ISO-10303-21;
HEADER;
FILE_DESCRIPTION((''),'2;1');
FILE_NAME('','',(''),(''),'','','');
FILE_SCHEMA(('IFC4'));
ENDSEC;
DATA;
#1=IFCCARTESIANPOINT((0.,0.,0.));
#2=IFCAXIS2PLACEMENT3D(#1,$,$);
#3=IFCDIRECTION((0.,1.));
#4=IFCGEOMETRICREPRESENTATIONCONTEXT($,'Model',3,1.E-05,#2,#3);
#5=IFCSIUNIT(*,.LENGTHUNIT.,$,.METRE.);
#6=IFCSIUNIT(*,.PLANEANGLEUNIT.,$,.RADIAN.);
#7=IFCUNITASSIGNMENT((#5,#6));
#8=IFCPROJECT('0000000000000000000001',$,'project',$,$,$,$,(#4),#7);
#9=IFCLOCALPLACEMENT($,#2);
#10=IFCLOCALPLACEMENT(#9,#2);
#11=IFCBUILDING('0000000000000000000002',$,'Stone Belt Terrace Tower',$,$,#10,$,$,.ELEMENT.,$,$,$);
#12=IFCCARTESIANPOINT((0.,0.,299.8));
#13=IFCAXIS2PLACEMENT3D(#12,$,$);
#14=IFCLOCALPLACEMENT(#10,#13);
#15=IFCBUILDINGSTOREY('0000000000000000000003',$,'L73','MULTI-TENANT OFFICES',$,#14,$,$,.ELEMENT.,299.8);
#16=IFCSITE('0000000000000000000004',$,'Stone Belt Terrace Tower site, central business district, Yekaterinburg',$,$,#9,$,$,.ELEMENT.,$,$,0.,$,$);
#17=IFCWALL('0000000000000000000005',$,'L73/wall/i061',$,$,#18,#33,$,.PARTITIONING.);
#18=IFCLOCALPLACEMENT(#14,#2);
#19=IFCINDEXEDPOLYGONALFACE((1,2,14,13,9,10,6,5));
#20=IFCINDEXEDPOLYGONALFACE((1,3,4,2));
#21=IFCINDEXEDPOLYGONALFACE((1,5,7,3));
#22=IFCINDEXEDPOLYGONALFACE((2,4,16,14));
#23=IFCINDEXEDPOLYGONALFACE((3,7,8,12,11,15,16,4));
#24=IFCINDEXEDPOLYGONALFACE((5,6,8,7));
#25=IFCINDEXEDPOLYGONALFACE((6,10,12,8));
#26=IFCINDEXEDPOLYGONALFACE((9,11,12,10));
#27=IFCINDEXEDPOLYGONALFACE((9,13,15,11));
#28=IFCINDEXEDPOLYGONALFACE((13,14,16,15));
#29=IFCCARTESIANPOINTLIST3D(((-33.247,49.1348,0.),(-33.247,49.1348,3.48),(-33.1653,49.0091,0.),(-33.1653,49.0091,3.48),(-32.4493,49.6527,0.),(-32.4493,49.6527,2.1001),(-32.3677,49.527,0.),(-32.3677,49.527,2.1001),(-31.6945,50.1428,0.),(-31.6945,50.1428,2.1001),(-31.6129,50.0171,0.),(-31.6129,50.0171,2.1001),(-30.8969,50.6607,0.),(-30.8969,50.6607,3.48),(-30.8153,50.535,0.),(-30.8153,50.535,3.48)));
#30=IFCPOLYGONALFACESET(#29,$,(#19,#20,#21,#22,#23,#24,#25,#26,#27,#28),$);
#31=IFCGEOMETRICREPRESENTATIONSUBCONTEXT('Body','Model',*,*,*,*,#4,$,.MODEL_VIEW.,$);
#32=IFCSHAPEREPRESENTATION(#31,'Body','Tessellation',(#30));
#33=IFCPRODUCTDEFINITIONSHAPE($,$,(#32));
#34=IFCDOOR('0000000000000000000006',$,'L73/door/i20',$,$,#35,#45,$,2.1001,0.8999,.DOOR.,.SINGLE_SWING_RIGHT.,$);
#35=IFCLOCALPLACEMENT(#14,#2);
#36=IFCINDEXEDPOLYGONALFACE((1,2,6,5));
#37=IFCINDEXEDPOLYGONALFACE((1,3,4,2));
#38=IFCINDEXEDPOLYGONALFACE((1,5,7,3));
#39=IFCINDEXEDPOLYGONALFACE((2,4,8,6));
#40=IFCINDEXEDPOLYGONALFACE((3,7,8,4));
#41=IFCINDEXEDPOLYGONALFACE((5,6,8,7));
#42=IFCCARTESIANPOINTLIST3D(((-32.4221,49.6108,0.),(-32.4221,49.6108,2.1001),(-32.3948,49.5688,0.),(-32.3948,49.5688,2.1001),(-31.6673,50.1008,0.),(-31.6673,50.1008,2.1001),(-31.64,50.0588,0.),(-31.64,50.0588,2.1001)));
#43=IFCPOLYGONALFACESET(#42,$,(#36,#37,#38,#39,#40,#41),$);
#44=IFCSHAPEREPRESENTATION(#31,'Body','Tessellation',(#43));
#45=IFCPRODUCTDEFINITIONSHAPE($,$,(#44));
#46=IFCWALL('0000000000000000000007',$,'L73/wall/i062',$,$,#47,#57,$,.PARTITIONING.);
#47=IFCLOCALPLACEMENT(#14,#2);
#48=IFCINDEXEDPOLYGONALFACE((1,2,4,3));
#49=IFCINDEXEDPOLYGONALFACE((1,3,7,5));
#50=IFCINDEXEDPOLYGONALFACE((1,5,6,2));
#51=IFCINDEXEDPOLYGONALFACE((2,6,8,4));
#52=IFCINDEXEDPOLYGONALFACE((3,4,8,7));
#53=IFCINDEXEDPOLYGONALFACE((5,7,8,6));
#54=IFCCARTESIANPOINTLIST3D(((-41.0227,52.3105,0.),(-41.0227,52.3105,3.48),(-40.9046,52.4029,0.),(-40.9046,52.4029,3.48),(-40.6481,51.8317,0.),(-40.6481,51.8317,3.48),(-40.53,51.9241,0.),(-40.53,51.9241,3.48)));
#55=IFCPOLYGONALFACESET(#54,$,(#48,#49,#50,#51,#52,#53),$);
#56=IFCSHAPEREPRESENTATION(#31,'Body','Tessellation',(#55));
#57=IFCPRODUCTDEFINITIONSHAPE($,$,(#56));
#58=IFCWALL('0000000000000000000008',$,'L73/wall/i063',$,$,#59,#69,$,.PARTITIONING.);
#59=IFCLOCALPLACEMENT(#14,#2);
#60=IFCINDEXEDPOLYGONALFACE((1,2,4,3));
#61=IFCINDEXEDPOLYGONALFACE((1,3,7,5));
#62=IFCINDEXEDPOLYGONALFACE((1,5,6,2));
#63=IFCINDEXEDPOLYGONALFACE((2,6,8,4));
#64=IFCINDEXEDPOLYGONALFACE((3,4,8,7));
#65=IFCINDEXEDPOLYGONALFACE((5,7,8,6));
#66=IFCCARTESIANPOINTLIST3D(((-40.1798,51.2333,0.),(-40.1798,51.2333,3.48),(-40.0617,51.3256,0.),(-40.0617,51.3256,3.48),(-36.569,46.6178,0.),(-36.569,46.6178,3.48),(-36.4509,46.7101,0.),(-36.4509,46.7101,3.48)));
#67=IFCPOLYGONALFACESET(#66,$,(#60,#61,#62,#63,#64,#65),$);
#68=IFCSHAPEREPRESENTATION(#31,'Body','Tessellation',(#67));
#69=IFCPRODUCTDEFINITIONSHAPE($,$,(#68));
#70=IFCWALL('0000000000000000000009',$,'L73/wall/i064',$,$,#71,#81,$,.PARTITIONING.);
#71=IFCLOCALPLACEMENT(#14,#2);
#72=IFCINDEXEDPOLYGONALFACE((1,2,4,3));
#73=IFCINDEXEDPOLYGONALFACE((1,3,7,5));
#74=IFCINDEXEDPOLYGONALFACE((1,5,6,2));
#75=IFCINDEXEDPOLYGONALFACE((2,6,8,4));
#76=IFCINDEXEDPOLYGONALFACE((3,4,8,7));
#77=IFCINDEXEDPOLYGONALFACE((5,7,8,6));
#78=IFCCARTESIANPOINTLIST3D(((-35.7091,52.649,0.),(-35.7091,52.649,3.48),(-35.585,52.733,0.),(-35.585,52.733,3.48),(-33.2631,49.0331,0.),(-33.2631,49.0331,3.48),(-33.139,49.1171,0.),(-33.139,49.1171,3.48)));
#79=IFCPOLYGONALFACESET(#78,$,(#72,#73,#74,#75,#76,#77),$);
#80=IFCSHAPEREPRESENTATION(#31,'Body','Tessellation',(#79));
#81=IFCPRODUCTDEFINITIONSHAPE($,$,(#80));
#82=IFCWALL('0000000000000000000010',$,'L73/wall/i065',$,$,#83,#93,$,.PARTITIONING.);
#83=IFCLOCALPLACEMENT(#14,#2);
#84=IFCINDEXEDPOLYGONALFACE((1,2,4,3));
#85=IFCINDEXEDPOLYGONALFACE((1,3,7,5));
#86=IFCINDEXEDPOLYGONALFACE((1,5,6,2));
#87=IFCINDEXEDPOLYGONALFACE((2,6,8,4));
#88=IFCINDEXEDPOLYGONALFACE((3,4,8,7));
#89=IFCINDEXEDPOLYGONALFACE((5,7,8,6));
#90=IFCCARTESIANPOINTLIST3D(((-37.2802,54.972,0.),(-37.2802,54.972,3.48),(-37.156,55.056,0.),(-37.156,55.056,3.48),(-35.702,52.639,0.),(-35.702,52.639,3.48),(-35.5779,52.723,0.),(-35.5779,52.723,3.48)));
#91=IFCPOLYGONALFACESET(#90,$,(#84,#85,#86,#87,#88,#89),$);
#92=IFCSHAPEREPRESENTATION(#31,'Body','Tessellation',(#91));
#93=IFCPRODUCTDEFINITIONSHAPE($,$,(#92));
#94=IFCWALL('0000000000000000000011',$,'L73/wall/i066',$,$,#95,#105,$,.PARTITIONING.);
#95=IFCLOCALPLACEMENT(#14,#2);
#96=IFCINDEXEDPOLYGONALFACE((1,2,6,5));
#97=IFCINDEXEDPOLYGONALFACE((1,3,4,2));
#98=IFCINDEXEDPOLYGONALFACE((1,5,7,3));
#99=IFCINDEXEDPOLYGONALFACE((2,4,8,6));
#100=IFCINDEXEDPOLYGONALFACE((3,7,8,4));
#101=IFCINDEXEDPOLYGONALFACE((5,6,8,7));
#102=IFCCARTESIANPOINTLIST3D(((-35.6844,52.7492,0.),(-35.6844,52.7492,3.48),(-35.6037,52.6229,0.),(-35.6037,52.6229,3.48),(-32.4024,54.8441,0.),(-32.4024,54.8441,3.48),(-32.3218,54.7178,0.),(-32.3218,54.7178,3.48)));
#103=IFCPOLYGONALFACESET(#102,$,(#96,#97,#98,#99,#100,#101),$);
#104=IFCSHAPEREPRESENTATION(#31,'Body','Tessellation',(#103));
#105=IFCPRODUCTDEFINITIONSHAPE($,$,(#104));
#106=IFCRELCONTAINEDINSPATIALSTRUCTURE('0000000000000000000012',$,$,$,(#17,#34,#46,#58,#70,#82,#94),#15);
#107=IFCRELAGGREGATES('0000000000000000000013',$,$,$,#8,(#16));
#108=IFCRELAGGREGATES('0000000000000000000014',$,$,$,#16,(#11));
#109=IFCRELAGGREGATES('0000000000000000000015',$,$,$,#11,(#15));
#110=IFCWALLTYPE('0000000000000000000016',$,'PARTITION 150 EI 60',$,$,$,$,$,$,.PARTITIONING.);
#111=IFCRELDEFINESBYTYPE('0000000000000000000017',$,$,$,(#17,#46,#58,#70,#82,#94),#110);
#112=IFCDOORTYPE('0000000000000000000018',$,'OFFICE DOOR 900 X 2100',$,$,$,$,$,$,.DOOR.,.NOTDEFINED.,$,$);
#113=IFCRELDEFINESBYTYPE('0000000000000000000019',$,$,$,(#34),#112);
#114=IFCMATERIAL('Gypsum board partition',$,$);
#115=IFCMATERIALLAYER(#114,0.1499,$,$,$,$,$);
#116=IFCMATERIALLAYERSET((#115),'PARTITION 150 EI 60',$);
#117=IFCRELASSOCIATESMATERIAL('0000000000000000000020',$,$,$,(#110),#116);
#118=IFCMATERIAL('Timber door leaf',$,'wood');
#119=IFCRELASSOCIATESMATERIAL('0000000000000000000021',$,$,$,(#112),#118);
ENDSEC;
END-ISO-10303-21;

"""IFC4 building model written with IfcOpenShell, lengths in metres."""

from ifc_helpers import new_model, si_unit, direction, frame, frame_2d, origin, place, context, subcontext, project, spatial, rectangle, extrude, material, layer, layer_set, type_object, element, fill, save


model = new_model("IFC4")

# Units and contexts
model_context = context("Model", 3, precision=1e-05, world=origin(), true_north=direction((0.0, 1.0)))
body_context = subcontext(model_context, "Body", "Model", "MODEL_VIEW")
ifc_project = project(units=[si_unit("LENGTHUNIT", "METRE"), si_unit("PLANEANGLEUNIT", "RADIAN")], contexts=[model_context])

# Site, building, storey
site_placement = place(None, origin())
site = spatial("IfcSite", under=ifc_project, at=site_placement, Name="Stone Belt Terrace Tower site, central business district, Yekaterinburg", CompositionType="ELEMENT", RefElevation=0.0)
building_placement = place(site_placement, origin())
building = spatial("IfcBuilding", under=site, at=building_placement, Name="Stone Belt Terrace Tower", CompositionType="ELEMENT")
storey_placement = place(building_placement, frame((0.0, 0.0, 299.8)))
storey = spatial("IfcBuildingStorey", under=building, at=storey_placement, Name="L73", Description="MULTI-TENANT OFFICES", CompositionType="ELEMENT", Elevation=299.8)

# Shared definitions
ifc_material_1 = material(Name="Gypsum board partition")
ifc_layer_1 = layer(ifc_material_1, 0.1499)
ifc_layer_set_1 = layer_set([ifc_layer_1], Name="PARTITION 150 EI 60")
wall_type = type_object("IfcWallType", Name="PARTITION 150 EI 60", PredefinedType="PARTITIONING", material=ifc_layer_set_1)

# Wall, opening, door
wall_1_placement = place(storey_placement, frame((-33.2061, 49.072, 0.0), z_axis=(0.0, 0.0, 1.0), x_axis=(0.838718, 0.544566, 0.0)))
wall_1 = element("IfcWall", 1, at=wall_1_placement, inside=storey, type_object=wall_type, Name="L73/wall/i061", PredefinedType="PARTITIONING", context=body_context, shape_type="SweptSolid", body=[
    extrude(rectangle(XDim=2.802, YDim=0.1499, at=frame_2d((1.4009, 0.0))), origin(), (0.0, 0.0, 1.0), 3.48),
])
opening_placement = place(wall_1_placement, frame((0.9509, 0.0, 0.0)))
opening = element("IfcOpeningElement", 2, at=opening_placement, cuts=wall_1, PredefinedType="OPENING", context=body_context, shape_type="SweptSolid", body=[
    extrude(rectangle(XDim=0.8999, YDim=2.1001, at=frame_2d((0.45, 1.05))), frame((0.0, 0.085, 0.0), z_axis=(0.0, -1.0, 0.0), x_axis=(1.0, 0.0, 0.0)), (0.0, 0.0, 1.0), 0.1699),
])
ifc_material_2 = material(Name="Timber door leaf", Category="wood")
door_type = type_object("IfcDoorType", Name="OFFICE DOOR 900 X 2100", OperationType="NOTDEFINED", PredefinedType="DOOR", material=ifc_material_2)
door_placement = place(opening_placement, origin())
door = element("IfcDoor", 3, at=door_placement, inside=storey, type_object=door_type, Name="L73/door/i20", OperationType="SINGLE_SWING_RIGHT", OverallHeight=2.1001, OverallWidth=0.8999, PredefinedType="DOOR", context=body_context, shape_type="SweptSolid", body=[
    extrude(rectangle(XDim=0.8999, YDim=2.1001, at=frame_2d((0.45, 1.05))), frame((0.0, 0.0249, 0.0), z_axis=(0.0, -1.0, 0.0), x_axis=(1.0, 0.0, 0.0)), (0.0, 0.0, 1.0), 0.05),
])
fill(opening, door)

# Walls
wall_2_placement = place(storey_placement, frame((-40.9636, 52.3567, 0.0), z_axis=(0.0, 0.0, 1.0), x_axis=(0.616135, -0.787641, 0.0)))
element("IfcWall", 4, at=wall_2_placement, inside=storey, type_object=wall_type, Name="L73/wall/i062", PredefinedType="PARTITIONING", context=body_context, shape_type="SweptSolid", body=[
    extrude(rectangle(XDim=0.6079, YDim=0.1499, at=frame_2d((0.304, 0.0))), origin(), (0.0, 0.0, 1.0), 3.48),
])
wall_3_placement = place(storey_placement, frame((-40.1208, 51.2795, 0.0), z_axis=(0.0, 0.0, 1.0), x_axis=(0.616173, -0.78761, 0.0)))
element("IfcWall", 5, at=wall_3_placement, inside=storey, type_object=wall_type, Name="L73/wall/i063", PredefinedType="PARTITIONING", context=body_context, shape_type="SweptSolid", body=[
    extrude(rectangle(XDim=5.8601, YDim=0.1499, at=frame_2d((2.9302, 0.0))), origin(), (0.0, 0.0, 1.0), 3.48),
])
wall_4_placement = place(storey_placement, frame((-35.647, 52.6909, 0.0), z_axis=(0.0, 0.0, 1.0), x_axis=(0.560301, -0.828289, 0.0)))
element("IfcWall", 6, at=wall_4_placement, inside=storey, type_object=wall_type, Name="L73/wall/i064", PredefinedType="PARTITIONING", context=body_context, shape_type="SweptSolid", body=[
    extrude(rectangle(XDim=4.3655, YDim=0.1499, at=frame_2d((2.1826, 0.0))), origin(), (0.0, 0.0, 1.0), 3.48),
])
wall_5_placement = place(storey_placement, frame((-37.218, 55.0139, 0.0), z_axis=(0.0, 0.0, 1.0), x_axis=(0.560288, -0.828298, 0.0)))
element("IfcWall", 7, at=wall_5_placement, inside=storey, type_object=wall_type, Name="L73/wall/i065", PredefinedType="PARTITIONING", context=body_context, shape_type="SweptSolid", body=[
    extrude(rectangle(XDim=2.8167, YDim=0.1499, at=frame_2d((1.4082, 0.0))), origin(), (0.0, 0.0, 1.0), 3.48),
])
wall_6_placement = place(storey_placement, frame((-35.644, 52.686, 0.0), z_axis=(0.0, 0.0, 1.0), x_axis=(0.842912, 0.538052, 0.0)))
element("IfcWall", 8, at=wall_6_placement, inside=storey, type_object=wall_type, Name="L73/wall/i066", PredefinedType="PARTITIONING", context=body_context, shape_type="SweptSolid", body=[
    extrude(rectangle(XDim=3.8936, YDim=0.1499, at=frame_2d((1.9468, 0.0))), origin(), (0.0, 0.0, 1.0), 3.48),
])

save(model, "model.ifc")
